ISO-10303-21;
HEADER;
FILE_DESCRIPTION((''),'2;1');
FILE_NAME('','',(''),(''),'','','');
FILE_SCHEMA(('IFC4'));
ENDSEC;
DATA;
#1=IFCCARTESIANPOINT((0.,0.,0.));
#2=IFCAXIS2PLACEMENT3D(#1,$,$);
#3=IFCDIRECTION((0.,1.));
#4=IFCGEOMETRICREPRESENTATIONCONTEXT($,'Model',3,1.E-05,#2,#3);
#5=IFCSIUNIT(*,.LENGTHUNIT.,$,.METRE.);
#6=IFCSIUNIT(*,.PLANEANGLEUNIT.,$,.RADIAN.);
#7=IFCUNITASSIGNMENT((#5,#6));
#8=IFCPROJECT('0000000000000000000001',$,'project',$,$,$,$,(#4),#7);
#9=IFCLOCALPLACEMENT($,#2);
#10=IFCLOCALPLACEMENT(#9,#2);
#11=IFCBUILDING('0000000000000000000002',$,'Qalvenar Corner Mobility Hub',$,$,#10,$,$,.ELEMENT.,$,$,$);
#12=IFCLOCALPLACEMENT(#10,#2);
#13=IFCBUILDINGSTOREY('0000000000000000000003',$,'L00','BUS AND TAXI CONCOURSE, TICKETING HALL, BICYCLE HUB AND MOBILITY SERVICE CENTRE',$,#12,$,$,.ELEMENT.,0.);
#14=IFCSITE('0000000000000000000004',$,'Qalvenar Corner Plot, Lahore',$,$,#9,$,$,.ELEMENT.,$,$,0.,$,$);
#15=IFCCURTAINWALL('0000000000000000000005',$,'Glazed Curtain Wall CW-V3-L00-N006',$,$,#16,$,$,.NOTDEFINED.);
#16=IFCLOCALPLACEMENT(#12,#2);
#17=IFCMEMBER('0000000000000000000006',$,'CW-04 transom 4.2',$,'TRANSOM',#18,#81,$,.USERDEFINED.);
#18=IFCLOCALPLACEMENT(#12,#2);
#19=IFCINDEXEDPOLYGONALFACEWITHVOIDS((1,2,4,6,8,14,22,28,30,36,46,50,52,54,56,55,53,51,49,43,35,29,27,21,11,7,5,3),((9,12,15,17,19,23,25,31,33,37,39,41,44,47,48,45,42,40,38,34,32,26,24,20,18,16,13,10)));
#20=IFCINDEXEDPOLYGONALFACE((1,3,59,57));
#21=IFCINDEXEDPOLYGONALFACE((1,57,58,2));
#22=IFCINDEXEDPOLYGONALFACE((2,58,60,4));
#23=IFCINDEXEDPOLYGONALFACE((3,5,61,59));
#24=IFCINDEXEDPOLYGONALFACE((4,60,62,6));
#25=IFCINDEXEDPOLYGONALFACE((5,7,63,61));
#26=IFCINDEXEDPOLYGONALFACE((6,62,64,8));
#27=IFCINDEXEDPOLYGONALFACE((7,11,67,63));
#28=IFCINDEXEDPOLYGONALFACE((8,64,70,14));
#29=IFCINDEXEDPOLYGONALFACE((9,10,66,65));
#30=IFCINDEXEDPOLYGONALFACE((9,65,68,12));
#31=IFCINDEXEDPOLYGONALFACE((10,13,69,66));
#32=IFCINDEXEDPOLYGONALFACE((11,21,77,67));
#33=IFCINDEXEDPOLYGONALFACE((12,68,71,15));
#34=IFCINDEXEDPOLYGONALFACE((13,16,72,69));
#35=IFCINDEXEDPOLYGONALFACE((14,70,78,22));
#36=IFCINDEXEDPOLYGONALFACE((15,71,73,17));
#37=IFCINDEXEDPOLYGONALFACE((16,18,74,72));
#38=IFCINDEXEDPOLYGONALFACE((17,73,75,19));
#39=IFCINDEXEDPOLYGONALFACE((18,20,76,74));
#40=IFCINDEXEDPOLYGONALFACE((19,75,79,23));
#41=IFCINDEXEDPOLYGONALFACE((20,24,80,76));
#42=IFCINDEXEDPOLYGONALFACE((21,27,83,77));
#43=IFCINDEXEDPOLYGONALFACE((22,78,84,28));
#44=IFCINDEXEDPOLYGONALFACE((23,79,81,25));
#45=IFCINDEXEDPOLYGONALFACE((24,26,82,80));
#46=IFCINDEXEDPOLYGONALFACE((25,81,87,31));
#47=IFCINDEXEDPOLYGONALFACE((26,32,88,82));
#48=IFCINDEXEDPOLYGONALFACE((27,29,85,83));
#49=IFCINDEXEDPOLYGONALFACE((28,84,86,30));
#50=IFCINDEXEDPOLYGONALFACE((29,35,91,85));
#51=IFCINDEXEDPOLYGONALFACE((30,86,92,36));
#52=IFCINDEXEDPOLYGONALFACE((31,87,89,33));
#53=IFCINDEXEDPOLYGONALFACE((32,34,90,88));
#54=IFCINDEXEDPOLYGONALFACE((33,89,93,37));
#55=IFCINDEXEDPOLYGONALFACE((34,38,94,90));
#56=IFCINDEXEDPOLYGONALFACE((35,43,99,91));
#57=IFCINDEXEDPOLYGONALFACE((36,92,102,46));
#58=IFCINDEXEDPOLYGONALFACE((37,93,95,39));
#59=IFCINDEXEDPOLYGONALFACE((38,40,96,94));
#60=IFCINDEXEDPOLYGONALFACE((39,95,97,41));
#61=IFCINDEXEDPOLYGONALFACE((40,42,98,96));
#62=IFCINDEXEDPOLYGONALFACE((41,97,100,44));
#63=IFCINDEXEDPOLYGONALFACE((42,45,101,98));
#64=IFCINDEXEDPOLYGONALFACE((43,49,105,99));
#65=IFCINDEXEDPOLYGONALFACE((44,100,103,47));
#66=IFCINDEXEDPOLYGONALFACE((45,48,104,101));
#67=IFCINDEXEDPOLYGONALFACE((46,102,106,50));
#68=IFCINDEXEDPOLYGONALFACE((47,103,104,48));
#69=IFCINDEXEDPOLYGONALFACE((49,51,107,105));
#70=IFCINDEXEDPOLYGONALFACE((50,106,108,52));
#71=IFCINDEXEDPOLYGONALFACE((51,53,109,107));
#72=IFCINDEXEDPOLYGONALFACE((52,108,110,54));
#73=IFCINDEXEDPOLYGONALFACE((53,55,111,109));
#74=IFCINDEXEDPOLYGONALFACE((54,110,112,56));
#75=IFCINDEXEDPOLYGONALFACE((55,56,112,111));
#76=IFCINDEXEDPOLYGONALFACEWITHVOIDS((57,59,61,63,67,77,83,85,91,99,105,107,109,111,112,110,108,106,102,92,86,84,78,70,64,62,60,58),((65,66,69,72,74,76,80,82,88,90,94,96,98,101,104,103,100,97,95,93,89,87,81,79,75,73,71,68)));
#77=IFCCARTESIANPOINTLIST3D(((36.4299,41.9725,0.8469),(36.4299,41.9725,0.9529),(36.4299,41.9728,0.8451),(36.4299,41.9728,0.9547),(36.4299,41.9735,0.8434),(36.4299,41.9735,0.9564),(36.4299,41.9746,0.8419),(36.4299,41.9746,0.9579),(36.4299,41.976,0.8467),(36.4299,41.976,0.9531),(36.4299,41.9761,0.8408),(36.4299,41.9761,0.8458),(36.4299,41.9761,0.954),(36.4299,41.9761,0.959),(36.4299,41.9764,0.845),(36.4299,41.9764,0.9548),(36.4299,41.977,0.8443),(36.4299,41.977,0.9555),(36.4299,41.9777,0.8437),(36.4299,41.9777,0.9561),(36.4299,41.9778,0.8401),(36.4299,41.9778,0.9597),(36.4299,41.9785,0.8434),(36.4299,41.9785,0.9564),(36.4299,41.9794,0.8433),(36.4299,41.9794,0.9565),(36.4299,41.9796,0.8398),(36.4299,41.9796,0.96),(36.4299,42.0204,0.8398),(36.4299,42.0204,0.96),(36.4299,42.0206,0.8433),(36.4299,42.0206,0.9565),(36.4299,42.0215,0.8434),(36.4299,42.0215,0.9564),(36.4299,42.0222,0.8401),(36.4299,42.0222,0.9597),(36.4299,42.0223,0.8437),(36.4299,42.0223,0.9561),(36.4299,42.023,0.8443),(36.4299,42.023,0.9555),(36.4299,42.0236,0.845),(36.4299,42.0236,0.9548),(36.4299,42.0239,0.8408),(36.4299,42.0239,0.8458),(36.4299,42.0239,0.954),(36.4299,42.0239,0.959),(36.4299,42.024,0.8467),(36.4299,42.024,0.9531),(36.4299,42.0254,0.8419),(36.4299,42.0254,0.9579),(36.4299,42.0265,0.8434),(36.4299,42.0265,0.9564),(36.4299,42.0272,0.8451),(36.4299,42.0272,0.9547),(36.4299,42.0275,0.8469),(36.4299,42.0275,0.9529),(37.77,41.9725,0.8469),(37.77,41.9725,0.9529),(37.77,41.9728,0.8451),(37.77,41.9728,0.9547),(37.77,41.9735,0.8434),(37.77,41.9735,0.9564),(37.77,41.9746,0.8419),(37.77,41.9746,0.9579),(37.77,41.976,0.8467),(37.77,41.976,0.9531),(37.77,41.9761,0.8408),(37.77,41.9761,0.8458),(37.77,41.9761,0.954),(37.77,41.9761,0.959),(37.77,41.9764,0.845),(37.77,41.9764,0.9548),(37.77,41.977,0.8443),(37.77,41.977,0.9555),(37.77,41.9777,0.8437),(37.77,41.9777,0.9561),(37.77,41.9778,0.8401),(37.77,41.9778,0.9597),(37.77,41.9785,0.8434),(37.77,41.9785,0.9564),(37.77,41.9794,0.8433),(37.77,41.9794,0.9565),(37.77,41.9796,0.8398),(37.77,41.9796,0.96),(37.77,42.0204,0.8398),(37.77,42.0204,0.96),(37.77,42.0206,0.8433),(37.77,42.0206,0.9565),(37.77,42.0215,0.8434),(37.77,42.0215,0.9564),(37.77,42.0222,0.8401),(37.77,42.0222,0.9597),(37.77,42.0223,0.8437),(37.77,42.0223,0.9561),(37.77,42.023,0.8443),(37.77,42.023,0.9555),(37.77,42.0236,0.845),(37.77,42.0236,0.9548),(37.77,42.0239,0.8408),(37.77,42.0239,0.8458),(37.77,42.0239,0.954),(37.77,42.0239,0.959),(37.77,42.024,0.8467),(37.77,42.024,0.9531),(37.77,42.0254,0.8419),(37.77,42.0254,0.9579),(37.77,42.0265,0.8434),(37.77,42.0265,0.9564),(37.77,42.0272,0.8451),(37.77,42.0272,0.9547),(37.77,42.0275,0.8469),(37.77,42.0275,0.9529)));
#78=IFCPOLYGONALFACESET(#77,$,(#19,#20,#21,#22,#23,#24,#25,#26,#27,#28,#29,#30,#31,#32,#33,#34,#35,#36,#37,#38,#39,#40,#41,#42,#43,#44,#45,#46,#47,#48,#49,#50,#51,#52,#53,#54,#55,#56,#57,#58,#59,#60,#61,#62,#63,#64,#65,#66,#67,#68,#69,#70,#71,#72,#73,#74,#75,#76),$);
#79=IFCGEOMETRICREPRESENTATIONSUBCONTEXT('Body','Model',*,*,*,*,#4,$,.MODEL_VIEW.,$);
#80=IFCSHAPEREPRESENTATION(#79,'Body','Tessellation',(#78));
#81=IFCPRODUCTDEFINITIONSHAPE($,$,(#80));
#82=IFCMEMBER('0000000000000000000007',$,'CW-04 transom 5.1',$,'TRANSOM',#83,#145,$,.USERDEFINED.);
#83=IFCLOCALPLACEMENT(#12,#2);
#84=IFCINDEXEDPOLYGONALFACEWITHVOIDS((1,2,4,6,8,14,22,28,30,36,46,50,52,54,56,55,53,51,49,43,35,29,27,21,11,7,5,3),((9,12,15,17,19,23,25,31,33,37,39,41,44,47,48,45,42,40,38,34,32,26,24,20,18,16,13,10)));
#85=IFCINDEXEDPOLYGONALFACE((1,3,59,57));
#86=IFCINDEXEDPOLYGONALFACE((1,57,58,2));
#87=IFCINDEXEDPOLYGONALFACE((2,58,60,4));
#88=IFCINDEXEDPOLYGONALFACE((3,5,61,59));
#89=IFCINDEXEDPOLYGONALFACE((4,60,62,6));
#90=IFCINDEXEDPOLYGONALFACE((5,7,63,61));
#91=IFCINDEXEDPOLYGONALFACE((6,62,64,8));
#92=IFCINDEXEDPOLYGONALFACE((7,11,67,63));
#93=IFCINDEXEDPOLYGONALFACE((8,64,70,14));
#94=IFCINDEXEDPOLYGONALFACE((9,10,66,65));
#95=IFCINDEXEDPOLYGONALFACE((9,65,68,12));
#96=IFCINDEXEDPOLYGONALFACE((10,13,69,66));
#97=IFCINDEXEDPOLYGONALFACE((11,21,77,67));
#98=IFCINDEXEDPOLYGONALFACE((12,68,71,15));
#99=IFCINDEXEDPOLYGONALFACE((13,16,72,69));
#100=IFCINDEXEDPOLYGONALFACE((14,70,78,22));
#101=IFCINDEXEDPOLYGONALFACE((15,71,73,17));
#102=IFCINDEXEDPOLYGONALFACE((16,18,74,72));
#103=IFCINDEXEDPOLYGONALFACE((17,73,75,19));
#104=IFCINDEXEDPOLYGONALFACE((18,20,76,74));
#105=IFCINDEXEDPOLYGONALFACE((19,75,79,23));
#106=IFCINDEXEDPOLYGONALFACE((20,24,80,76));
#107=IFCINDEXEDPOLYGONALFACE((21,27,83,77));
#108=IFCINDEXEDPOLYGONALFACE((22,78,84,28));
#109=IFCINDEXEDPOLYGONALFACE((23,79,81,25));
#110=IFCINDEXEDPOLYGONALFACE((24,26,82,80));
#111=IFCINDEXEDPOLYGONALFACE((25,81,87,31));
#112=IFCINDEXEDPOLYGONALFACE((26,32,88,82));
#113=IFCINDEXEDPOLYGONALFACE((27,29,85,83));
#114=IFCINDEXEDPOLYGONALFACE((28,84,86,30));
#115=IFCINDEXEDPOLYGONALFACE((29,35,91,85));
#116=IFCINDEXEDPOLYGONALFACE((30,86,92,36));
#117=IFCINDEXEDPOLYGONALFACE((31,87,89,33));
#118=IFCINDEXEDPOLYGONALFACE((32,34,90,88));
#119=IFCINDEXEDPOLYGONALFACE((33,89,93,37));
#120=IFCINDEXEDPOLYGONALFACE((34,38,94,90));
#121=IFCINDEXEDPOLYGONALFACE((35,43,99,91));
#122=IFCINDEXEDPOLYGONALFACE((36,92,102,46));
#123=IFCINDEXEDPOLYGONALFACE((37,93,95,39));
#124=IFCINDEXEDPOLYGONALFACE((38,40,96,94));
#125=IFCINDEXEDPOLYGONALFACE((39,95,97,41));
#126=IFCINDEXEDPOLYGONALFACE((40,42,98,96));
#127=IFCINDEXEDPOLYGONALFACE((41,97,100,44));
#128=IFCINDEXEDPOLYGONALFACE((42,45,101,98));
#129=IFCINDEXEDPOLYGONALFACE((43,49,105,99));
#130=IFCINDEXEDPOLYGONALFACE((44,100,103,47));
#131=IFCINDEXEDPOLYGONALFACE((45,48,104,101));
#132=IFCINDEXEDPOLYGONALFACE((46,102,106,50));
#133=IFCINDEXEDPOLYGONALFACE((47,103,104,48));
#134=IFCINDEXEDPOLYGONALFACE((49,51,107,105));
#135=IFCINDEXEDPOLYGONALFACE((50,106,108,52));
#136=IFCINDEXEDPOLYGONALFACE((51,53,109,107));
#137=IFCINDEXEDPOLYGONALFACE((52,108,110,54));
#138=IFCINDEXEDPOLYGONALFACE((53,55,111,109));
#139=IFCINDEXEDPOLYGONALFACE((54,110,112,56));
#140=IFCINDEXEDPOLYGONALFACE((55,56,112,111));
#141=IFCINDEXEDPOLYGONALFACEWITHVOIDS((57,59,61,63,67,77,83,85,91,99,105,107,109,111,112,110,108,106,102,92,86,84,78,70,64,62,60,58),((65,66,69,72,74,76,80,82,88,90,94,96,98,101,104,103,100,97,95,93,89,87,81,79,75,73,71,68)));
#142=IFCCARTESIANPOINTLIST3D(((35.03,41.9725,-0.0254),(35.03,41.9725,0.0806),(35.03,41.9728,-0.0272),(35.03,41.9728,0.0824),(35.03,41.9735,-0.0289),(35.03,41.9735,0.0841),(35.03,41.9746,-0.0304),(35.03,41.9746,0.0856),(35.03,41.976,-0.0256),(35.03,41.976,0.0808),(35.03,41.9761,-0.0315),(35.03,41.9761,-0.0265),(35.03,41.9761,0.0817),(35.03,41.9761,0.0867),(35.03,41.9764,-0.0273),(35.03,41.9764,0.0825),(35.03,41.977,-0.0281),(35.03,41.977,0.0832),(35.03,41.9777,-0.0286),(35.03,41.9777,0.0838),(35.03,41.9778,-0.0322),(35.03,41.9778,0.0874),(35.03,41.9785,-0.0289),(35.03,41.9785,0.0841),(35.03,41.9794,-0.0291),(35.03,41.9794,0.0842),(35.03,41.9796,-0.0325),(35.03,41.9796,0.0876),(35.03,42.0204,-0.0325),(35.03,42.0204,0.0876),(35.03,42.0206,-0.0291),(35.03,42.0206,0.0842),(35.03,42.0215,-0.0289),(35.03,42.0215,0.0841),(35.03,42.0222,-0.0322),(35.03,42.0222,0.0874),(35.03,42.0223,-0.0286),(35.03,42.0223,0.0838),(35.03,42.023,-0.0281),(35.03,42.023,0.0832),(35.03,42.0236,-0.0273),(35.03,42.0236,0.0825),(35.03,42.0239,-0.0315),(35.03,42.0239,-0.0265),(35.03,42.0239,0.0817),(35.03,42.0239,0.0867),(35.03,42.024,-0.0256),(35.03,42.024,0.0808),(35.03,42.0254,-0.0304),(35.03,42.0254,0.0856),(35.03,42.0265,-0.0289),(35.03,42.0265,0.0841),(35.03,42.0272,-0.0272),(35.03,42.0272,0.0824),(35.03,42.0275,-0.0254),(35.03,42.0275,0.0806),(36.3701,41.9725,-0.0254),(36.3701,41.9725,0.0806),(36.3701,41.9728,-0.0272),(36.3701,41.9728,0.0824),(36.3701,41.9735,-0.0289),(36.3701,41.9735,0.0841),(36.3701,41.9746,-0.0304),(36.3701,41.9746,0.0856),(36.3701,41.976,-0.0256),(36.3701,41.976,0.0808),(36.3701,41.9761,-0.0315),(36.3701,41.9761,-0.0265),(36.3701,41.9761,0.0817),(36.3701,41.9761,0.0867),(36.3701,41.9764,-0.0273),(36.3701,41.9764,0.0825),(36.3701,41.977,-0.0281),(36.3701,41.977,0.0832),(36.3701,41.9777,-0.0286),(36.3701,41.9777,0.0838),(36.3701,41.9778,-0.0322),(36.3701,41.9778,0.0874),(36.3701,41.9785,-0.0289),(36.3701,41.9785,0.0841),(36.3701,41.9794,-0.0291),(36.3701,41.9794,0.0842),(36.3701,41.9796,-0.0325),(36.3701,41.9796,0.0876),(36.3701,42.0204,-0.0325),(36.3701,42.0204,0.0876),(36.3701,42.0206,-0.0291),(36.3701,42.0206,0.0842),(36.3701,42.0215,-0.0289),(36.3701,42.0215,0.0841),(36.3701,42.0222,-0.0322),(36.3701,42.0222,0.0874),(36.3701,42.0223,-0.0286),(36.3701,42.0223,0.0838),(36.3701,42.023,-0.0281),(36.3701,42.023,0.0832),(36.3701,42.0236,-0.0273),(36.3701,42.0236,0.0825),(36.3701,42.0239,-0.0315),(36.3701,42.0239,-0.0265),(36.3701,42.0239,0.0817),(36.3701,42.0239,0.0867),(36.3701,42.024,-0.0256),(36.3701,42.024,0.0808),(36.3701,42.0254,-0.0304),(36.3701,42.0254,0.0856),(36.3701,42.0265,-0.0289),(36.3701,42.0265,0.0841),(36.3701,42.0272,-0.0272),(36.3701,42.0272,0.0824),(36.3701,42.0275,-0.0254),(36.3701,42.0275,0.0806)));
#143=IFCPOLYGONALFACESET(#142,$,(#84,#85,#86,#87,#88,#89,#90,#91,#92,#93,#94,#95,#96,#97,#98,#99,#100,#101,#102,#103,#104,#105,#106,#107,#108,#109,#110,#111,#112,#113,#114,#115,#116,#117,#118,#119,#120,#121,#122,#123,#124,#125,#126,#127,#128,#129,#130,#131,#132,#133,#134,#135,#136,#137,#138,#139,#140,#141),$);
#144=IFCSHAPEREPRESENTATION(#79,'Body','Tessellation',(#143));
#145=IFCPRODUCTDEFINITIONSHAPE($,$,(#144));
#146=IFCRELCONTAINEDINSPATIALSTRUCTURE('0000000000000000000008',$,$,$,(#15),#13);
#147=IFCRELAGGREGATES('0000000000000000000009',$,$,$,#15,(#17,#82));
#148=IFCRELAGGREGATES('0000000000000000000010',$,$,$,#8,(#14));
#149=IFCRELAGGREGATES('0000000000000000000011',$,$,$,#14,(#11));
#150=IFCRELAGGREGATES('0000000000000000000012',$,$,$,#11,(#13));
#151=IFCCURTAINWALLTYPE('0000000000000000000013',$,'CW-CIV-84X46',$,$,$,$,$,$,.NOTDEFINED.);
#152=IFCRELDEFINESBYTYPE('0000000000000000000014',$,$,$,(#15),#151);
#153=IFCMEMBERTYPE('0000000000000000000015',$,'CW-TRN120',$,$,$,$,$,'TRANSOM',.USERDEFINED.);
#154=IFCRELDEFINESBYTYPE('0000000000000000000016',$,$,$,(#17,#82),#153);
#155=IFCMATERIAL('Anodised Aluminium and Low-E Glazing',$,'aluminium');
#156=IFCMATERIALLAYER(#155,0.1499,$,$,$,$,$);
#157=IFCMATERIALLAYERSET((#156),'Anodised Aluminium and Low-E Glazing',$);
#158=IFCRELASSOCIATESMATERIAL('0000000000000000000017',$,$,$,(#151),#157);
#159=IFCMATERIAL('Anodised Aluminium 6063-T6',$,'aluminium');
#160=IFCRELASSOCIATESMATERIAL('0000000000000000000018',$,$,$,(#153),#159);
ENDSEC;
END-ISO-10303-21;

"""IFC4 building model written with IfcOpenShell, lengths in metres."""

from ifc_helpers import new_model, si_unit, direction, frame, origin, origin_2d, place, context, subcontext, project, spatial, hollow_rectangle, extrude, material, layer, layer_set, material_profile, profile_set, type_object, element, aggregate, save


model = new_model("IFC4")

# Units and contexts
model_context = context("Model", 3, precision=1e-05, world=origin(), true_north=direction((0.0, 1.0)))
body_context = subcontext(model_context, "Body", "Model", "MODEL_VIEW")
ifc_project = project(units=[si_unit("LENGTHUNIT", "METRE"), si_unit("PLANEANGLEUNIT", "RADIAN")], contexts=[model_context])

# Site, building, storey
site_placement = place(None, origin())
site = spatial("IfcSite", under=ifc_project, at=site_placement, Name="Qalvenar Corner Plot, Lahore", CompositionType="ELEMENT", RefElevation=0.0)
building_placement = place(site_placement, origin())
building = spatial("IfcBuilding", under=site, at=building_placement, Name="Qalvenar Corner Mobility Hub", CompositionType="ELEMENT")
storey_placement = place(building_placement, origin())
storey = spatial("IfcBuildingStorey", under=building, at=storey_placement, Name="L00", Description="BUS AND TAXI CONCOURSE, TICKETING HALL, BICYCLE HUB AND MOBILITY SERVICE CENTRE", CompositionType="ELEMENT", Elevation=0.0)

# Curtain wall, members
ifc_material_1 = material(Name="Anodised Aluminium and Low-E Glazing", Category="aluminium")
ifc_layer_1 = layer(ifc_material_1, 0.1499)
ifc_layer_set_1 = layer_set([ifc_layer_1], Name="Anodised Aluminium and Low-E Glazing")
curtain_wall_type = type_object("IfcCurtainWallType", Name="CW-CIV-84X46", PredefinedType="NOTDEFINED", material=ifc_layer_set_1)
curtain_wall_placement = place(storey_placement, origin())
curtain_wall = element("IfcCurtainWall", 1, at=curtain_wall_placement, inside=storey, type_object=curtain_wall_type, Name="Glazed Curtain Wall CW-V3-L00-N006", PredefinedType="NOTDEFINED")
ifc_material_2 = material(Name="Anodised Aluminium 6063-T6", Category="aluminium")
ifc_material_profile_1 = material_profile(ifc_material_2, hollow_rectangle(XDim=0.0549, YDim=0.1201, WallThickness=0.0034, InnerFilletRadius=0.0034, OuterFilletRadius=0.0071, at=origin_2d()), Name="RHS120x55x3.5")
ifc_profile_set_1 = profile_set([ifc_material_profile_1], Name="Anodised Aluminium 6063-T6")
member_type_1 = type_object("IfcMemberType", Name="CW-TRN120", ElementType="TRANSOM", PredefinedType="USERDEFINED", material=ifc_profile_set_1)
member_1_placement = place(storey_placement, frame((37.77, 42.0, 0.8999), z_axis=(-1.0, 0.0, 0.0), x_axis=(0.0, -1.0, 0.0)))
member_1 = element("IfcMember", 2, at=member_1_placement, type_object=member_type_1, Name="CW-04 transom 4.2", ObjectType="TRANSOM", PredefinedType="USERDEFINED", context=body_context, shape_type="SweptSolid", body=[
    extrude(hollow_rectangle(XDim=0.0549, YDim=0.1201, WallThickness=0.0034, InnerFilletRadius=0.0034, OuterFilletRadius=0.0071, at=origin_2d()), origin(), (0.0, 0.0, 1.0), 1.3401),
])
member_2_placement = place(storey_placement, frame((36.3701, 42.0, 0.0276), z_axis=(-1.0, 0.0, 0.0), x_axis=(0.0, -1.0, 0.0)))
member_2 = element("IfcMember", 3, at=member_2_placement, type_object=member_type_1, Name="CW-04 transom 5.1", ObjectType="TRANSOM", PredefinedType="USERDEFINED", context=body_context, shape_type="SweptSolid", body=[
    extrude(hollow_rectangle(XDim=0.0549, YDim=0.1201, WallThickness=0.0034, InnerFilletRadius=0.0034, OuterFilletRadius=0.0071, at=origin_2d()), origin(), (0.0, 0.0, 1.0), 1.3401),
])
aggregate(curtain_wall, [member_1, member_2])

save(model, "model.ifc")
